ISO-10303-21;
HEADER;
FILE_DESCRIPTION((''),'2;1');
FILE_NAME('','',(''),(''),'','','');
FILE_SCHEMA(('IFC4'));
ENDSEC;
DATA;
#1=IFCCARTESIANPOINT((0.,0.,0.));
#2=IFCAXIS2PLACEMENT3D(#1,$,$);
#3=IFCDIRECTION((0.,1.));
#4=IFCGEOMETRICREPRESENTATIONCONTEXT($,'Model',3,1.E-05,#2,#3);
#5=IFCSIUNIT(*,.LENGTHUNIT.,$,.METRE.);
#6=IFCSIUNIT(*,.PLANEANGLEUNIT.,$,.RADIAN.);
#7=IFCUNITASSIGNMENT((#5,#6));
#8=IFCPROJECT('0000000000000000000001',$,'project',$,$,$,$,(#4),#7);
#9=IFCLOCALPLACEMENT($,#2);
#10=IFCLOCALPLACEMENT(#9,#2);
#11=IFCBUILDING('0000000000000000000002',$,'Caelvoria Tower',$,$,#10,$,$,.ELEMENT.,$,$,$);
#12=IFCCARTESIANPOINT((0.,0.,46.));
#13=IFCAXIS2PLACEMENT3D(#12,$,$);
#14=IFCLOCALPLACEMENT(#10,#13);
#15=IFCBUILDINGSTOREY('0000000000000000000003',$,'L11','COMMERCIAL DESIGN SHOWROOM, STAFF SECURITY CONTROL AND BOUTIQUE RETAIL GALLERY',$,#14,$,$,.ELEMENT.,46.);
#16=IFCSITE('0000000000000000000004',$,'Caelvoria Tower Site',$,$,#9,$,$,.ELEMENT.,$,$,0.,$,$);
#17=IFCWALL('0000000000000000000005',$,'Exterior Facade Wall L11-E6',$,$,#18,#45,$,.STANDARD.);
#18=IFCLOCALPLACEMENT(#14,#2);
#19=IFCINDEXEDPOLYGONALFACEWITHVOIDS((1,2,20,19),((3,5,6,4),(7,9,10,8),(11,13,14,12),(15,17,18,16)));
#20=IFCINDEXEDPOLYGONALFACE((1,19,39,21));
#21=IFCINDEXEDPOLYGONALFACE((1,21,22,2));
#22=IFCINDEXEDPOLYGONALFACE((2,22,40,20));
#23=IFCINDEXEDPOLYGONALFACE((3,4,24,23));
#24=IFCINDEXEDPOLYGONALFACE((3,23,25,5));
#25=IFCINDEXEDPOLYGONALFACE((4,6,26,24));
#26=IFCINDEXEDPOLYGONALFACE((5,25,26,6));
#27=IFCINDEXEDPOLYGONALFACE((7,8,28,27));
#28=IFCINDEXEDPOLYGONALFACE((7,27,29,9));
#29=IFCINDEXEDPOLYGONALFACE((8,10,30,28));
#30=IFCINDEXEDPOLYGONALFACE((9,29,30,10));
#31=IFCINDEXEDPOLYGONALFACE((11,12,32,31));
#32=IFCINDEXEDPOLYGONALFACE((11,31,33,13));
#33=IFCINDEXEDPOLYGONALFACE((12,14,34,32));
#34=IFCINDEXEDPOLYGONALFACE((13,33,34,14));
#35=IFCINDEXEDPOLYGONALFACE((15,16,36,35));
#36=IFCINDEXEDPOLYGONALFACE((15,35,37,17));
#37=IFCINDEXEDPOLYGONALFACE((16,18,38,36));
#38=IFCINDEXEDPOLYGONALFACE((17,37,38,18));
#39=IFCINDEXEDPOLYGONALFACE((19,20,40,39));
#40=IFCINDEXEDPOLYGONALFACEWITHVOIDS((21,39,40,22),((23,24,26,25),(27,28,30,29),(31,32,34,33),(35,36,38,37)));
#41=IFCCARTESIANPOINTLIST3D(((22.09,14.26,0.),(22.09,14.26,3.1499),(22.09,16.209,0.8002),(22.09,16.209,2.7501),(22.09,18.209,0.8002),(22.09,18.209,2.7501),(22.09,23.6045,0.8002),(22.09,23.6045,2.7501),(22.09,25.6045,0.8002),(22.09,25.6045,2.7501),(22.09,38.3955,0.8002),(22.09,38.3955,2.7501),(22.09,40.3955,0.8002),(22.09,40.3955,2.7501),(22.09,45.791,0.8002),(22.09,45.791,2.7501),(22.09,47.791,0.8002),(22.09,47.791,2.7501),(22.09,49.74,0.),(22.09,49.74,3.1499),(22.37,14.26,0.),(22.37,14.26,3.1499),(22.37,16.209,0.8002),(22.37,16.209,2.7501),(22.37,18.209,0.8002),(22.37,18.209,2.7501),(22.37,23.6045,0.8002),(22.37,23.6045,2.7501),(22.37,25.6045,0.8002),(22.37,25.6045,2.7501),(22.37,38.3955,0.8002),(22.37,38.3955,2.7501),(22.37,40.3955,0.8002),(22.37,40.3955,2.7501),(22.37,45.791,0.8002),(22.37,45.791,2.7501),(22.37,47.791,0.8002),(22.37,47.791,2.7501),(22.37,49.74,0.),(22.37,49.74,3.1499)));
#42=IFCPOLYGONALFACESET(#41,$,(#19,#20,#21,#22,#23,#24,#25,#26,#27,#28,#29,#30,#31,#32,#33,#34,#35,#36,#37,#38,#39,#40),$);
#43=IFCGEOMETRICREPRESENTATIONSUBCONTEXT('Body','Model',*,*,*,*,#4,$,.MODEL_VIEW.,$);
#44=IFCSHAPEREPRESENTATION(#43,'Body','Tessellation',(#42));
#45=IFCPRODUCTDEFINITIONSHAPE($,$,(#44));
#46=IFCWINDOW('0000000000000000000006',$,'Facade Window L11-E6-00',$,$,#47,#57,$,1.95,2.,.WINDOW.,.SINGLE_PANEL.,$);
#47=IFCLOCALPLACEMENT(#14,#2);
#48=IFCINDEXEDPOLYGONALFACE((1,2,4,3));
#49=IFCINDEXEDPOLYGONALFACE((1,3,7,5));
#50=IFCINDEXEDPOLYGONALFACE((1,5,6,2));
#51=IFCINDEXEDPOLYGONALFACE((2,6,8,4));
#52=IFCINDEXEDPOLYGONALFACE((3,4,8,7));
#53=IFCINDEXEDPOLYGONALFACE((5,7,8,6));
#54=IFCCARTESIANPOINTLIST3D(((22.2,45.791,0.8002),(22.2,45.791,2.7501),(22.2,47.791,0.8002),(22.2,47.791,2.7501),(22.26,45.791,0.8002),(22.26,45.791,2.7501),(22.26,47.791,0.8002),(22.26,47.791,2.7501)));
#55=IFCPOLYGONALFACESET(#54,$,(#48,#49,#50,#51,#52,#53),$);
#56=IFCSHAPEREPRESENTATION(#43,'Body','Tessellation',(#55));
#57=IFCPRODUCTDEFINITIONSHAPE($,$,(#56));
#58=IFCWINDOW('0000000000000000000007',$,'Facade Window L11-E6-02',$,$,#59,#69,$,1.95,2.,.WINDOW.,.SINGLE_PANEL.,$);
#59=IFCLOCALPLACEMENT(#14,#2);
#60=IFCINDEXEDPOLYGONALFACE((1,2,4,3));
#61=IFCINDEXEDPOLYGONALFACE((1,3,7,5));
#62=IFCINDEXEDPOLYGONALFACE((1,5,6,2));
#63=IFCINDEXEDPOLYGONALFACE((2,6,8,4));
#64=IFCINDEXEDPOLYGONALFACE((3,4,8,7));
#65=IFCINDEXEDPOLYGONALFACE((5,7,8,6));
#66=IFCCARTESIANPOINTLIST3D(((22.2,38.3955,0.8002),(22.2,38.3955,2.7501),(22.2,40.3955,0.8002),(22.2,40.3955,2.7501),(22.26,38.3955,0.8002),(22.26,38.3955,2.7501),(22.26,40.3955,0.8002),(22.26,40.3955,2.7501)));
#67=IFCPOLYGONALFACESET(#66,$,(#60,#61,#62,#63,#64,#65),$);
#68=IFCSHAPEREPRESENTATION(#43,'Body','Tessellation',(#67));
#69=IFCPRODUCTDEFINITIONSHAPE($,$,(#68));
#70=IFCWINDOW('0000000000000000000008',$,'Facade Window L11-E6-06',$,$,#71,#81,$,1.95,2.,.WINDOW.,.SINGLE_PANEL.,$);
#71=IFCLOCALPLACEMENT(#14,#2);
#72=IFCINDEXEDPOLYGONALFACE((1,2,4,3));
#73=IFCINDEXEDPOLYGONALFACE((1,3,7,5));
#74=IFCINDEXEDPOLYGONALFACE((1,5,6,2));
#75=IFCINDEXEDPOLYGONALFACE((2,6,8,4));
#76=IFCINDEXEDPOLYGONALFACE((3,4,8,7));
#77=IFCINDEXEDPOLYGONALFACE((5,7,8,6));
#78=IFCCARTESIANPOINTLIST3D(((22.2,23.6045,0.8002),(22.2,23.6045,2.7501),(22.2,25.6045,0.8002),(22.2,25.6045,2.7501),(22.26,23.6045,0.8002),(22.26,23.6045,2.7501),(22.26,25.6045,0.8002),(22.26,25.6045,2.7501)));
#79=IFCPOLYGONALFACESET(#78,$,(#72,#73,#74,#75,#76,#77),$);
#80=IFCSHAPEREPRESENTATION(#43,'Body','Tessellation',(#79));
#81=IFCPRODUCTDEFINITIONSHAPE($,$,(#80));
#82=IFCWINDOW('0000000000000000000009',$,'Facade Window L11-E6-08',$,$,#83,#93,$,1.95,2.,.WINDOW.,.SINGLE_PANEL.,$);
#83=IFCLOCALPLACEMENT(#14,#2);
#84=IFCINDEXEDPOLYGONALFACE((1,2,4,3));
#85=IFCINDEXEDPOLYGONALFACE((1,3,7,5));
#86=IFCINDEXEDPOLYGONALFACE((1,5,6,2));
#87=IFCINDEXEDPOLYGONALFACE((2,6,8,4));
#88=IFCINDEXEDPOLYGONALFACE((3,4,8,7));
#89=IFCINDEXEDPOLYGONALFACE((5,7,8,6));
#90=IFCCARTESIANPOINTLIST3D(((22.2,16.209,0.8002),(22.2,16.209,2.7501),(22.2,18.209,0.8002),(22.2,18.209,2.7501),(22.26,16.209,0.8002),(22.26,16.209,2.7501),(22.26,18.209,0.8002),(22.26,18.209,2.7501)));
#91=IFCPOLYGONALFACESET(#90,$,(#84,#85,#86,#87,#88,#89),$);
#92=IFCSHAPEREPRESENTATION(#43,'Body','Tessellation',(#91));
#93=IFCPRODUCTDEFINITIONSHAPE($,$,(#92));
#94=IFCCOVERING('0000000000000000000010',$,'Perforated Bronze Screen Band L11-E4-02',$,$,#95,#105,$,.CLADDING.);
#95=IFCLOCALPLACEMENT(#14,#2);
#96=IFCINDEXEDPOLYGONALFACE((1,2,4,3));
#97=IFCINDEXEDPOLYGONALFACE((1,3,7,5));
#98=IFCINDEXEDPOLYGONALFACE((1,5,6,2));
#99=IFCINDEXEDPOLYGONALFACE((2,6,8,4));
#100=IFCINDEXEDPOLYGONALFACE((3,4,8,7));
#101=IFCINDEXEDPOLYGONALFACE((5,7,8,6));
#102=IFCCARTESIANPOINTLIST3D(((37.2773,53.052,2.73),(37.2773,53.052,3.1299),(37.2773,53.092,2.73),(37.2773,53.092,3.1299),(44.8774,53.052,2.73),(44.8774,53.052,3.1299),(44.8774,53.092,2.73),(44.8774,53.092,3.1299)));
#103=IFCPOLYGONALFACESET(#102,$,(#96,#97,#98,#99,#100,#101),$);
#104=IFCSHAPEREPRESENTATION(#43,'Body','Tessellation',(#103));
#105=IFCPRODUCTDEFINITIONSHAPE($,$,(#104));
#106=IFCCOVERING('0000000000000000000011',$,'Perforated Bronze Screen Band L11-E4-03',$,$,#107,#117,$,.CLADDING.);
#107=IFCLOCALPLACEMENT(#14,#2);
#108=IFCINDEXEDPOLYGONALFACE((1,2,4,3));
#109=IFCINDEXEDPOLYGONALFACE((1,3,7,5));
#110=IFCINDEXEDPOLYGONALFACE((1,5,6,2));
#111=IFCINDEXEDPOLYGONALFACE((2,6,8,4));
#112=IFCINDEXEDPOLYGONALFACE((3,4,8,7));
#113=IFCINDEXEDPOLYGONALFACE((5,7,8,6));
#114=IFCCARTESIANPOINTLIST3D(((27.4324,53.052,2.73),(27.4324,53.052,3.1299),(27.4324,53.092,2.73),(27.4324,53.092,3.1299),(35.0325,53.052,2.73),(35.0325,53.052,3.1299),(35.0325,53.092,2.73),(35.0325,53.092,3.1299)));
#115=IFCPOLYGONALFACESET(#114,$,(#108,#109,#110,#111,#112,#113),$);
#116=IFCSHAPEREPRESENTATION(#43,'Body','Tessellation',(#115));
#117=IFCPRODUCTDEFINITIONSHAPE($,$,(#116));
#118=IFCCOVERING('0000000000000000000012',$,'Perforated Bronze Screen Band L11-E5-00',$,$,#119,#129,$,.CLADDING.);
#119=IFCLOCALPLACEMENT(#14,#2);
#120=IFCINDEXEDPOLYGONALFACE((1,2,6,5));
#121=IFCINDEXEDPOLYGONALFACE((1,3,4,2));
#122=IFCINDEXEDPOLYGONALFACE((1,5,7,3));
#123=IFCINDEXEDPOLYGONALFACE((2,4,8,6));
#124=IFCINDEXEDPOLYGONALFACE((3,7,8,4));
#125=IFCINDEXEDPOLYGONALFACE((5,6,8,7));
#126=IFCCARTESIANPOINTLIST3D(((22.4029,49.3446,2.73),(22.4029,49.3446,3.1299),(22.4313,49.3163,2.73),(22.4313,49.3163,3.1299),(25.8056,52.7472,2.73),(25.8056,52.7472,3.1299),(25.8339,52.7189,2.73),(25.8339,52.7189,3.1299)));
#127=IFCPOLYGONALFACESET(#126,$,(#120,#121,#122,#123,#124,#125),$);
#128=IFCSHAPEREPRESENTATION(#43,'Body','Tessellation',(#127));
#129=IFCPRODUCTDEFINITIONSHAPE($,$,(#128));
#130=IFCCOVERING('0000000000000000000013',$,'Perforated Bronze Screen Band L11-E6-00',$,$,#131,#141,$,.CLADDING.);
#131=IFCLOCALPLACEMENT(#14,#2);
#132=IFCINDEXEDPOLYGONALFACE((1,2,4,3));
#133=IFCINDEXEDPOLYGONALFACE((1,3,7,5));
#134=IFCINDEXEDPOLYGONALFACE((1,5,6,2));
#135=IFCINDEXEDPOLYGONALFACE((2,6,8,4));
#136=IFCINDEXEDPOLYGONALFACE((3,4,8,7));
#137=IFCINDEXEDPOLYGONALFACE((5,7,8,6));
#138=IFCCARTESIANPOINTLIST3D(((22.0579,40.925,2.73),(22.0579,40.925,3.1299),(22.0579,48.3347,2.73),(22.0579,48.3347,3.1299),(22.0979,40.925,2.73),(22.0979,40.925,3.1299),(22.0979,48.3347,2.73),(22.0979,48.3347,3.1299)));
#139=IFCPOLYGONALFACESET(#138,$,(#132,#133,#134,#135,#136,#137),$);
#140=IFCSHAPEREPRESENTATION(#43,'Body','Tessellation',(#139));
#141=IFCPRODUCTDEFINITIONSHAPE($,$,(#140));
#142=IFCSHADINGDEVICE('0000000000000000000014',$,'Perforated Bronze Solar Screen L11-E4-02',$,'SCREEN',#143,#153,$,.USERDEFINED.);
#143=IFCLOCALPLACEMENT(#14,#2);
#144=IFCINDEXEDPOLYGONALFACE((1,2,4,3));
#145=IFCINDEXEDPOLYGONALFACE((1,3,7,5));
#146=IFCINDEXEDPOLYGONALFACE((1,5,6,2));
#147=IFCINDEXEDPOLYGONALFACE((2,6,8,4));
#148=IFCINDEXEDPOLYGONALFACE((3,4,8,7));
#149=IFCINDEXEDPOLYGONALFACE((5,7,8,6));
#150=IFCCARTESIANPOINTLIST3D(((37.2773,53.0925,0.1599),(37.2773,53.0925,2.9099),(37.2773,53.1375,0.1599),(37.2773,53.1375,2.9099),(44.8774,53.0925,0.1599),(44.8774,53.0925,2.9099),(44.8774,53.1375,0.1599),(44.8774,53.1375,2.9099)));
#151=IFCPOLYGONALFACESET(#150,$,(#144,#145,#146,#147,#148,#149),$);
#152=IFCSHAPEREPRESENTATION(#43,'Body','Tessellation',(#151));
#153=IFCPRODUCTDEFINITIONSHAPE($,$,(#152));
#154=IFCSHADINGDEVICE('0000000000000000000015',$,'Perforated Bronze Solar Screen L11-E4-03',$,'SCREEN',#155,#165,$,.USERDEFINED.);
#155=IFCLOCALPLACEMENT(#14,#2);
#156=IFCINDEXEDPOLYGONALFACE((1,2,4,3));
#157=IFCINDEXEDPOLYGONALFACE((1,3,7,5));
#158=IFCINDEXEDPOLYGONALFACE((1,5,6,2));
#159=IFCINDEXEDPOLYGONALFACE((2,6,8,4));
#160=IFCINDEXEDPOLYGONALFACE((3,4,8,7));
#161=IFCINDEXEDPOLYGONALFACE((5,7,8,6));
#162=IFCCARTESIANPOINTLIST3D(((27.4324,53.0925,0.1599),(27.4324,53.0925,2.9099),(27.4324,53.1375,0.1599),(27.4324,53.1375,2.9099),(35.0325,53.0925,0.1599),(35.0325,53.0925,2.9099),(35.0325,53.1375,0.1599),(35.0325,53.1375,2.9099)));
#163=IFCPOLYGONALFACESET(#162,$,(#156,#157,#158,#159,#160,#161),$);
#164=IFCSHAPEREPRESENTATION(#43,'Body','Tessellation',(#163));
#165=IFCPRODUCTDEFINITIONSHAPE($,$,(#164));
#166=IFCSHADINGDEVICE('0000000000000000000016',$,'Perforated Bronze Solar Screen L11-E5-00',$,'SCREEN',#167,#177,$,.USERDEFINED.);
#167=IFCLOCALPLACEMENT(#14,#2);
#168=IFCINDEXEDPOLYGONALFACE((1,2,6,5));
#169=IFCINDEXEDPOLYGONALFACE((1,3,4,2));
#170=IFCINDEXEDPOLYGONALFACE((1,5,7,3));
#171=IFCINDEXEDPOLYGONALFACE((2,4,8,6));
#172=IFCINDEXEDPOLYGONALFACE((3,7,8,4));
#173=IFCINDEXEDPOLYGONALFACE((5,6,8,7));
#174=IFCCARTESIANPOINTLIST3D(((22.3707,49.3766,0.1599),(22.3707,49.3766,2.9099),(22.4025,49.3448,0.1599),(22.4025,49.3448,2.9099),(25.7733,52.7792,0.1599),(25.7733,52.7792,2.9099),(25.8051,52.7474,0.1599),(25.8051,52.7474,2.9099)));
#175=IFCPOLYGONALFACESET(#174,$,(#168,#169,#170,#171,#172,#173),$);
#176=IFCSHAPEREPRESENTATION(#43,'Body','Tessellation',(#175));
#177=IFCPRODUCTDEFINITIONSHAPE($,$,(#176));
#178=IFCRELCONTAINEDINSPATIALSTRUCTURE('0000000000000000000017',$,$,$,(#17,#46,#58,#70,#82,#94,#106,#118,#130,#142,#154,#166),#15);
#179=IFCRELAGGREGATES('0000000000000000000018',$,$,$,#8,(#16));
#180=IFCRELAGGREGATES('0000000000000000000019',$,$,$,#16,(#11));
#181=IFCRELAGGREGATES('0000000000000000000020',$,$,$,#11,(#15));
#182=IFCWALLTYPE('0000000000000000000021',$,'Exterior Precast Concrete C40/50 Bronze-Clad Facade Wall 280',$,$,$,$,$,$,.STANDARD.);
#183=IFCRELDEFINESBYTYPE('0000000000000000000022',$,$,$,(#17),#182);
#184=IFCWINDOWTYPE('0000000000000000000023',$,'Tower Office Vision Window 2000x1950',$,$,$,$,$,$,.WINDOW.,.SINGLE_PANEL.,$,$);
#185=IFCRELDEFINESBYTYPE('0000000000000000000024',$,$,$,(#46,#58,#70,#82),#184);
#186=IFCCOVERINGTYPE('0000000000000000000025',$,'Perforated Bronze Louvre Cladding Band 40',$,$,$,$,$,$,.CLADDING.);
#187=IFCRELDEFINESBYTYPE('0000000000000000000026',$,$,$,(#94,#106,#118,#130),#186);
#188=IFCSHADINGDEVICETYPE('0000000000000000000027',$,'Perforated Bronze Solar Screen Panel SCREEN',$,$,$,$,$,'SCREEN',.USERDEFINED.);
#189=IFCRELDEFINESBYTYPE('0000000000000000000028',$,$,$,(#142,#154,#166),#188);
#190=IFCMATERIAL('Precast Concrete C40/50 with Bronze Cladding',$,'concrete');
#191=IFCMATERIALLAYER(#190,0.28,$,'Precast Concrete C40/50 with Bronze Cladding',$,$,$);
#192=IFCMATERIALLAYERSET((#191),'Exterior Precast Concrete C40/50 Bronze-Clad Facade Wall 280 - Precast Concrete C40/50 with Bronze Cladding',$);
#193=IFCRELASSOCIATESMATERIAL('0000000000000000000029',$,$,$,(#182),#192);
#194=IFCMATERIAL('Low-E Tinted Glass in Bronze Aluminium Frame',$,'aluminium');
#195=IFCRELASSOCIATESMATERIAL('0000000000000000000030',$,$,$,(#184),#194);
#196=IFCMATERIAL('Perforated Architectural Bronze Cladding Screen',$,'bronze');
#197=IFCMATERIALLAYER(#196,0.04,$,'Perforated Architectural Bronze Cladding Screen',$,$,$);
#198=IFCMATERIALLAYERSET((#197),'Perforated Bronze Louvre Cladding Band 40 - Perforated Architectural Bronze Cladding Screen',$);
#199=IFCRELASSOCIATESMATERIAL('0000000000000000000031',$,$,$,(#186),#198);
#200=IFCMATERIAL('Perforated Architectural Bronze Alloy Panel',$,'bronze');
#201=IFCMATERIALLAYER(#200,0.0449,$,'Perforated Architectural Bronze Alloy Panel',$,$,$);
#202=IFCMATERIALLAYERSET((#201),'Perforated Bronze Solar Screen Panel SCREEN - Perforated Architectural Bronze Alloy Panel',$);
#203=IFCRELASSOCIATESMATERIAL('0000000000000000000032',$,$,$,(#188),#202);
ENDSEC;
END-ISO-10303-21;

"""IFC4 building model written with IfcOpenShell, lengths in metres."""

from ifc_helpers import new_model, si_unit, direction, frame, frame_2d, origin, origin_2d, place, context, subcontext, project, spatial, rectangle, extrude, material, layer, layer_set, type_object, element, fill, save


model = new_model("IFC4")

# Units and contexts
model_context = context("Model", 3, precision=1e-05, world=origin(), true_north=direction((0.0, 1.0)))
body_context = subcontext(model_context, "Body", "Model", "MODEL_VIEW")
ifc_project = project(units=[si_unit("LENGTHUNIT", "METRE"), si_unit("PLANEANGLEUNIT", "RADIAN")], contexts=[model_context])

# Site, building, storey
site_placement = place(None, origin())
site = spatial("IfcSite", under=ifc_project, at=site_placement, Name="Caelvoria Tower Site", CompositionType="ELEMENT", RefElevation=0.0)
building_placement = place(site_placement, origin())
building = spatial("IfcBuilding", under=site, at=building_placement, Name="Caelvoria Tower", CompositionType="ELEMENT")
storey_placement = place(building_placement, frame((0.0, 0.0, 46.0)))
storey = spatial("IfcBuildingStorey", under=building, at=storey_placement, Name="L11", Description="COMMERCIAL DESIGN SHOWROOM, STAFF SECURITY CONTROL AND BOUTIQUE RETAIL GALLERY", CompositionType="ELEMENT", Elevation=46.0)

# Shared definitions
ifc_material_1 = material(Name="Precast Concrete C40/50 with Bronze Cladding", Category="concrete")
ifc_layer_1 = layer(ifc_material_1, 0.28, Name="Precast Concrete C40/50 with Bronze Cladding")
ifc_layer_set_1 = layer_set([ifc_layer_1], Name="Exterior Precast Concrete C40/50 Bronze-Clad Facade Wall 280 - Precast Concrete C40/50 with Bronze Cladding")
wall_type = type_object("IfcWallType", Name="Exterior Precast Concrete C40/50 Bronze-Clad Facade Wall 280", PredefinedType="STANDARD", material=ifc_layer_set_1)

# Wall, openings, windows
wall_1_placement = place(storey_placement, frame((22.23, 49.74, 0.0), z_axis=(0.0, 0.0, 1.0), x_axis=(0.0, -1.0, 0.0)))
wall_1 = element("IfcWall", 1, at=wall_1_placement, inside=storey, type_object=wall_type, Name="Exterior Facade Wall L11-E6", PredefinedType="STANDARD", context=body_context, shape_type="SweptSolid", body=[
    extrude(rectangle(XDim=35.48, YDim=0.28, at=frame_2d((17.74, 0.0))), origin(), (0.0, 0.0, 1.0), 3.1499),
])
opening_1_placement = place(wall_1_placement, frame((1.949, 0.0, 0.8)))
opening_1 = element("IfcOpeningElement", 2, at=opening_1_placement, cuts=wall_1, PredefinedType="OPENING", context=body_context, shape_type="SweptSolid", body=[
    extrude(rectangle(XDim=2.0, YDim=1.95, at=frame_2d((1.0, 0.9751))), frame((0.0, 0.1499, 0.0), z_axis=(0.0, -1.0, 0.0), x_axis=(1.0, 0.0, 0.0)), (0.0, 0.0, 1.0), 0.3),
])
opening_2_placement = place(wall_1_placement, frame((9.3445, 0.0, 0.8)))
opening_2 = element("IfcOpeningElement", 3, at=opening_2_placement, cuts=wall_1, PredefinedType="OPENING", context=body_context, shape_type="SweptSolid", body=[
    extrude(rectangle(XDim=2.0, YDim=1.95, at=frame_2d((1.0, 0.9751))), frame((0.0, 0.1499, 0.0), z_axis=(0.0, -1.0, 0.0), x_axis=(1.0, 0.0, 0.0)), (0.0, 0.0, 1.0), 0.3),
])
opening_3_placement = place(wall_1_placement, frame((24.1355, 0.0, 0.8)))
opening_3 = element("IfcOpeningElement", 4, at=opening_3_placement, cuts=wall_1, PredefinedType="OPENING", context=body_context, shape_type="SweptSolid", body=[
    extrude(rectangle(XDim=2.0, YDim=1.95, at=frame_2d((1.0, 0.9751))), frame((0.0, 0.1499, 0.0), z_axis=(0.0, -1.0, 0.0), x_axis=(1.0, 0.0, 0.0)), (0.0, 0.0, 1.0), 0.3),
])
opening_4_placement = place(wall_1_placement, frame((31.531, 0.0, 0.8)))
opening_4 = element("IfcOpeningElement", 5, at=opening_4_placement, cuts=wall_1, PredefinedType="OPENING", context=body_context, shape_type="SweptSolid", body=[
    extrude(rectangle(XDim=2.0, YDim=1.95, at=frame_2d((1.0, 0.9751))), frame((0.0, 0.1499, 0.0), z_axis=(0.0, -1.0, 0.0), x_axis=(1.0, 0.0, 0.0)), (0.0, 0.0, 1.0), 0.3),
])
ifc_material_2 = material(Name="Low-E Tinted Glass in Bronze Aluminium Frame", Category="aluminium")
window_type = type_object("IfcWindowType", Name="Tower Office Vision Window 2000x1950", PartitioningType="SINGLE_PANEL", PredefinedType="WINDOW", material=ifc_material_2)
window_1_placement = place(opening_1_placement, origin())
window_1 = element("IfcWindow", 6, at=window_1_placement, inside=storey, type_object=window_type, Name="Facade Window L11-E6-00", OverallHeight=1.95, OverallWidth=2.0, PartitioningType="SINGLE_PANEL", PredefinedType="WINDOW", context=body_context, shape_type="SweptSolid", body=[
    extrude(rectangle(XDim=2.0, YDim=1.95, at=frame_2d((1.0, 0.9751))), frame((0.0, 0.03, 0.0), z_axis=(0.0, -1.0, 0.0), x_axis=(1.0, 0.0, 0.0)), (0.0, 0.0, 1.0), 0.0601),
])
fill(opening_1, window_1)
window_2_placement = place(opening_2_placement, origin())
window_2 = element("IfcWindow", 7, at=window_2_placement, inside=storey, type_object=window_type, Name="Facade Window L11-E6-02", OverallHeight=1.95, OverallWidth=2.0, PartitioningType="SINGLE_PANEL", PredefinedType="WINDOW", context=body_context, shape_type="SweptSolid", body=[
    extrude(rectangle(XDim=2.0, YDim=1.95, at=frame_2d((1.0, 0.9751))), frame((0.0, 0.03, 0.0), z_axis=(0.0, -1.0, 0.0), x_axis=(1.0, 0.0, 0.0)), (0.0, 0.0, 1.0), 0.0601),
])
fill(opening_2, window_2)
window_3_placement = place(opening_3_placement, origin())
window_3 = element("IfcWindow", 8, at=window_3_placement, inside=storey, type_object=window_type, Name="Facade Window L11-E6-06", OverallHeight=1.95, OverallWidth=2.0, PartitioningType="SINGLE_PANEL", PredefinedType="WINDOW", context=body_context, shape_type="SweptSolid", body=[
    extrude(rectangle(XDim=2.0, YDim=1.95, at=frame_2d((1.0, 0.9751))), frame((0.0, 0.03, 0.0), z_axis=(0.0, -1.0, 0.0), x_axis=(1.0, 0.0, 0.0)), (0.0, 0.0, 1.0), 0.0601),
])
fill(opening_3, window_3)
window_4_placement = place(opening_4_placement, origin())
window_4 = element("IfcWindow", 9, at=window_4_placement, inside=storey, type_object=window_type, Name="Facade Window L11-E6-08", OverallHeight=1.95, OverallWidth=2.0, PartitioningType="SINGLE_PANEL", PredefinedType="WINDOW", context=body_context, shape_type="SweptSolid", body=[
    extrude(rectangle(XDim=2.0, YDim=1.95, at=frame_2d((1.0, 0.9751))), frame((0.0, 0.03, 0.0), z_axis=(0.0, -1.0, 0.0), x_axis=(1.0, 0.0, 0.0)), (0.0, 0.0, 1.0), 0.0601),
])
fill(opening_4, window_4)

# Coverings
ifc_material_3 = material(Name="Perforated Architectural Bronze Cladding Screen", Category="bronze")
ifc_layer_2 = layer(ifc_material_3, 0.04, Name="Perforated Architectural Bronze Cladding Screen")
ifc_layer_set_2 = layer_set([ifc_layer_2], Name="Perforated Bronze Louvre Cladding Band 40 - Perforated Architectural Bronze Cladding Screen")
covering_type = type_object("IfcCoveringType", Name="Perforated Bronze Louvre Cladding Band 40", PredefinedType="CLADDING", material=ifc_layer_set_2)
for number, where, z_axis, x_axis, name in (
    (10, (41.0774, 53.072, 2.73), (0.0, 0.0, 1.0), (-1.0, 0.0, 0.0), "Perforated Bronze Screen Band L11-E4-02"),
    (11, (31.2324, 53.072, 2.73), (0.0, 0.0, 1.0), (-1.0, 0.0, 0.0), "Perforated Bronze Screen Band L11-E4-03"),
):
    element("IfcCovering", number, at=place(storey_placement, frame(where, z_axis=z_axis, x_axis=x_axis)), inside=storey, type_object=covering_type, Name=name, PredefinedType="CLADDING", context=body_context, shape_type="SweptSolid", body=[
        extrude(rectangle(XDim=7.6001, YDim=0.04, at=origin_2d()), origin(), (0.0, 0.0, 1.0), 0.3999),
    ])
covering_1_placement = place(storey_placement, frame((24.1184, 51.0317, 2.73), z_axis=(0.0, 0.0, 1.0), x_axis=(-0.707107, -0.707107, 0.0)))
element("IfcCovering", 12, at=covering_1_placement, inside=storey, type_object=covering_type, Name="Perforated Bronze Screen Band L11-E5-00", PredefinedType="CLADDING", context=body_context, shape_type="SweptSolid", body=[
    extrude(rectangle(XDim=4.812, YDim=0.04, at=origin_2d()), origin(), (0.0, 0.0, 1.0), 0.3999),
])
covering_2_placement = place(storey_placement, frame((22.0779, 44.6299, 2.73), z_axis=(0.0, 0.0, 1.0), x_axis=(0.0, -1.0, 0.0)))
element("IfcCovering", 13, at=covering_2_placement, inside=storey, type_object=covering_type, Name="Perforated Bronze Screen Band L11-E6-00", PredefinedType="CLADDING", context=body_context, shape_type="SweptSolid", body=[
    extrude(rectangle(XDim=7.4097, YDim=0.04, at=origin_2d()), origin(), (0.0, 0.0, 1.0), 0.3999),
])

# Shading devices
ifc_material_4 = material(Name="Perforated Architectural Bronze Alloy Panel", Category="bronze")
ifc_layer_3 = layer(ifc_material_4, 0.0449, Name="Perforated Architectural Bronze Alloy Panel")
ifc_layer_set_3 = layer_set([ifc_layer_3], Name="Perforated Bronze Solar Screen Panel SCREEN - Perforated Architectural Bronze Alloy Panel")
shading_device_type = type_object("IfcShadingDeviceType", Name="Perforated Bronze Solar Screen Panel SCREEN", ElementType="SCREEN", PredefinedType="USERDEFINED", material=ifc_layer_set_3)
for number, where, z_axis, x_axis, name in (
    (14, (41.0774, 53.115, 0.1599), (0.0, 0.0, 1.0), (-1.0, 0.0, 0.0), "Perforated Bronze Solar Screen L11-E4-02"),
    (15, (31.2324, 53.115, 0.1599), (0.0, 0.0, 1.0), (-1.0, 0.0, 0.0), "Perforated Bronze Solar Screen L11-E4-03"),
):
    element("IfcShadingDevice", number, at=place(storey_placement, frame(where, z_axis=z_axis, x_axis=x_axis)), inside=storey, type_object=shading_device_type, Name=name, ObjectType="SCREEN", PredefinedType="USERDEFINED", context=body_context, shape_type="SweptSolid", body=[
        extrude(rectangle(XDim=7.6001, YDim=0.0449, at=origin_2d()), origin(), (0.0, 0.0, 1.0), 2.75),
    ])
shading_device_1_placement = place(storey_placement, frame((24.0879, 51.062, 0.1599), z_axis=(0.0, 0.0, 1.0), x_axis=(-0.707107, -0.707107, 0.0)))
element("IfcShadingDevice", 16, at=shading_device_1_placement, inside=storey, type_object=shading_device_type, Name="Perforated Bronze Solar Screen L11-E5-00", ObjectType="SCREEN", PredefinedType="USERDEFINED", context=body_context, shape_type="SweptSolid", body=[
    extrude(rectangle(XDim=4.812, YDim=0.0449, at=origin_2d()), origin(), (0.0, 0.0, 1.0), 2.75),
])

save(model, "model.ifc")
